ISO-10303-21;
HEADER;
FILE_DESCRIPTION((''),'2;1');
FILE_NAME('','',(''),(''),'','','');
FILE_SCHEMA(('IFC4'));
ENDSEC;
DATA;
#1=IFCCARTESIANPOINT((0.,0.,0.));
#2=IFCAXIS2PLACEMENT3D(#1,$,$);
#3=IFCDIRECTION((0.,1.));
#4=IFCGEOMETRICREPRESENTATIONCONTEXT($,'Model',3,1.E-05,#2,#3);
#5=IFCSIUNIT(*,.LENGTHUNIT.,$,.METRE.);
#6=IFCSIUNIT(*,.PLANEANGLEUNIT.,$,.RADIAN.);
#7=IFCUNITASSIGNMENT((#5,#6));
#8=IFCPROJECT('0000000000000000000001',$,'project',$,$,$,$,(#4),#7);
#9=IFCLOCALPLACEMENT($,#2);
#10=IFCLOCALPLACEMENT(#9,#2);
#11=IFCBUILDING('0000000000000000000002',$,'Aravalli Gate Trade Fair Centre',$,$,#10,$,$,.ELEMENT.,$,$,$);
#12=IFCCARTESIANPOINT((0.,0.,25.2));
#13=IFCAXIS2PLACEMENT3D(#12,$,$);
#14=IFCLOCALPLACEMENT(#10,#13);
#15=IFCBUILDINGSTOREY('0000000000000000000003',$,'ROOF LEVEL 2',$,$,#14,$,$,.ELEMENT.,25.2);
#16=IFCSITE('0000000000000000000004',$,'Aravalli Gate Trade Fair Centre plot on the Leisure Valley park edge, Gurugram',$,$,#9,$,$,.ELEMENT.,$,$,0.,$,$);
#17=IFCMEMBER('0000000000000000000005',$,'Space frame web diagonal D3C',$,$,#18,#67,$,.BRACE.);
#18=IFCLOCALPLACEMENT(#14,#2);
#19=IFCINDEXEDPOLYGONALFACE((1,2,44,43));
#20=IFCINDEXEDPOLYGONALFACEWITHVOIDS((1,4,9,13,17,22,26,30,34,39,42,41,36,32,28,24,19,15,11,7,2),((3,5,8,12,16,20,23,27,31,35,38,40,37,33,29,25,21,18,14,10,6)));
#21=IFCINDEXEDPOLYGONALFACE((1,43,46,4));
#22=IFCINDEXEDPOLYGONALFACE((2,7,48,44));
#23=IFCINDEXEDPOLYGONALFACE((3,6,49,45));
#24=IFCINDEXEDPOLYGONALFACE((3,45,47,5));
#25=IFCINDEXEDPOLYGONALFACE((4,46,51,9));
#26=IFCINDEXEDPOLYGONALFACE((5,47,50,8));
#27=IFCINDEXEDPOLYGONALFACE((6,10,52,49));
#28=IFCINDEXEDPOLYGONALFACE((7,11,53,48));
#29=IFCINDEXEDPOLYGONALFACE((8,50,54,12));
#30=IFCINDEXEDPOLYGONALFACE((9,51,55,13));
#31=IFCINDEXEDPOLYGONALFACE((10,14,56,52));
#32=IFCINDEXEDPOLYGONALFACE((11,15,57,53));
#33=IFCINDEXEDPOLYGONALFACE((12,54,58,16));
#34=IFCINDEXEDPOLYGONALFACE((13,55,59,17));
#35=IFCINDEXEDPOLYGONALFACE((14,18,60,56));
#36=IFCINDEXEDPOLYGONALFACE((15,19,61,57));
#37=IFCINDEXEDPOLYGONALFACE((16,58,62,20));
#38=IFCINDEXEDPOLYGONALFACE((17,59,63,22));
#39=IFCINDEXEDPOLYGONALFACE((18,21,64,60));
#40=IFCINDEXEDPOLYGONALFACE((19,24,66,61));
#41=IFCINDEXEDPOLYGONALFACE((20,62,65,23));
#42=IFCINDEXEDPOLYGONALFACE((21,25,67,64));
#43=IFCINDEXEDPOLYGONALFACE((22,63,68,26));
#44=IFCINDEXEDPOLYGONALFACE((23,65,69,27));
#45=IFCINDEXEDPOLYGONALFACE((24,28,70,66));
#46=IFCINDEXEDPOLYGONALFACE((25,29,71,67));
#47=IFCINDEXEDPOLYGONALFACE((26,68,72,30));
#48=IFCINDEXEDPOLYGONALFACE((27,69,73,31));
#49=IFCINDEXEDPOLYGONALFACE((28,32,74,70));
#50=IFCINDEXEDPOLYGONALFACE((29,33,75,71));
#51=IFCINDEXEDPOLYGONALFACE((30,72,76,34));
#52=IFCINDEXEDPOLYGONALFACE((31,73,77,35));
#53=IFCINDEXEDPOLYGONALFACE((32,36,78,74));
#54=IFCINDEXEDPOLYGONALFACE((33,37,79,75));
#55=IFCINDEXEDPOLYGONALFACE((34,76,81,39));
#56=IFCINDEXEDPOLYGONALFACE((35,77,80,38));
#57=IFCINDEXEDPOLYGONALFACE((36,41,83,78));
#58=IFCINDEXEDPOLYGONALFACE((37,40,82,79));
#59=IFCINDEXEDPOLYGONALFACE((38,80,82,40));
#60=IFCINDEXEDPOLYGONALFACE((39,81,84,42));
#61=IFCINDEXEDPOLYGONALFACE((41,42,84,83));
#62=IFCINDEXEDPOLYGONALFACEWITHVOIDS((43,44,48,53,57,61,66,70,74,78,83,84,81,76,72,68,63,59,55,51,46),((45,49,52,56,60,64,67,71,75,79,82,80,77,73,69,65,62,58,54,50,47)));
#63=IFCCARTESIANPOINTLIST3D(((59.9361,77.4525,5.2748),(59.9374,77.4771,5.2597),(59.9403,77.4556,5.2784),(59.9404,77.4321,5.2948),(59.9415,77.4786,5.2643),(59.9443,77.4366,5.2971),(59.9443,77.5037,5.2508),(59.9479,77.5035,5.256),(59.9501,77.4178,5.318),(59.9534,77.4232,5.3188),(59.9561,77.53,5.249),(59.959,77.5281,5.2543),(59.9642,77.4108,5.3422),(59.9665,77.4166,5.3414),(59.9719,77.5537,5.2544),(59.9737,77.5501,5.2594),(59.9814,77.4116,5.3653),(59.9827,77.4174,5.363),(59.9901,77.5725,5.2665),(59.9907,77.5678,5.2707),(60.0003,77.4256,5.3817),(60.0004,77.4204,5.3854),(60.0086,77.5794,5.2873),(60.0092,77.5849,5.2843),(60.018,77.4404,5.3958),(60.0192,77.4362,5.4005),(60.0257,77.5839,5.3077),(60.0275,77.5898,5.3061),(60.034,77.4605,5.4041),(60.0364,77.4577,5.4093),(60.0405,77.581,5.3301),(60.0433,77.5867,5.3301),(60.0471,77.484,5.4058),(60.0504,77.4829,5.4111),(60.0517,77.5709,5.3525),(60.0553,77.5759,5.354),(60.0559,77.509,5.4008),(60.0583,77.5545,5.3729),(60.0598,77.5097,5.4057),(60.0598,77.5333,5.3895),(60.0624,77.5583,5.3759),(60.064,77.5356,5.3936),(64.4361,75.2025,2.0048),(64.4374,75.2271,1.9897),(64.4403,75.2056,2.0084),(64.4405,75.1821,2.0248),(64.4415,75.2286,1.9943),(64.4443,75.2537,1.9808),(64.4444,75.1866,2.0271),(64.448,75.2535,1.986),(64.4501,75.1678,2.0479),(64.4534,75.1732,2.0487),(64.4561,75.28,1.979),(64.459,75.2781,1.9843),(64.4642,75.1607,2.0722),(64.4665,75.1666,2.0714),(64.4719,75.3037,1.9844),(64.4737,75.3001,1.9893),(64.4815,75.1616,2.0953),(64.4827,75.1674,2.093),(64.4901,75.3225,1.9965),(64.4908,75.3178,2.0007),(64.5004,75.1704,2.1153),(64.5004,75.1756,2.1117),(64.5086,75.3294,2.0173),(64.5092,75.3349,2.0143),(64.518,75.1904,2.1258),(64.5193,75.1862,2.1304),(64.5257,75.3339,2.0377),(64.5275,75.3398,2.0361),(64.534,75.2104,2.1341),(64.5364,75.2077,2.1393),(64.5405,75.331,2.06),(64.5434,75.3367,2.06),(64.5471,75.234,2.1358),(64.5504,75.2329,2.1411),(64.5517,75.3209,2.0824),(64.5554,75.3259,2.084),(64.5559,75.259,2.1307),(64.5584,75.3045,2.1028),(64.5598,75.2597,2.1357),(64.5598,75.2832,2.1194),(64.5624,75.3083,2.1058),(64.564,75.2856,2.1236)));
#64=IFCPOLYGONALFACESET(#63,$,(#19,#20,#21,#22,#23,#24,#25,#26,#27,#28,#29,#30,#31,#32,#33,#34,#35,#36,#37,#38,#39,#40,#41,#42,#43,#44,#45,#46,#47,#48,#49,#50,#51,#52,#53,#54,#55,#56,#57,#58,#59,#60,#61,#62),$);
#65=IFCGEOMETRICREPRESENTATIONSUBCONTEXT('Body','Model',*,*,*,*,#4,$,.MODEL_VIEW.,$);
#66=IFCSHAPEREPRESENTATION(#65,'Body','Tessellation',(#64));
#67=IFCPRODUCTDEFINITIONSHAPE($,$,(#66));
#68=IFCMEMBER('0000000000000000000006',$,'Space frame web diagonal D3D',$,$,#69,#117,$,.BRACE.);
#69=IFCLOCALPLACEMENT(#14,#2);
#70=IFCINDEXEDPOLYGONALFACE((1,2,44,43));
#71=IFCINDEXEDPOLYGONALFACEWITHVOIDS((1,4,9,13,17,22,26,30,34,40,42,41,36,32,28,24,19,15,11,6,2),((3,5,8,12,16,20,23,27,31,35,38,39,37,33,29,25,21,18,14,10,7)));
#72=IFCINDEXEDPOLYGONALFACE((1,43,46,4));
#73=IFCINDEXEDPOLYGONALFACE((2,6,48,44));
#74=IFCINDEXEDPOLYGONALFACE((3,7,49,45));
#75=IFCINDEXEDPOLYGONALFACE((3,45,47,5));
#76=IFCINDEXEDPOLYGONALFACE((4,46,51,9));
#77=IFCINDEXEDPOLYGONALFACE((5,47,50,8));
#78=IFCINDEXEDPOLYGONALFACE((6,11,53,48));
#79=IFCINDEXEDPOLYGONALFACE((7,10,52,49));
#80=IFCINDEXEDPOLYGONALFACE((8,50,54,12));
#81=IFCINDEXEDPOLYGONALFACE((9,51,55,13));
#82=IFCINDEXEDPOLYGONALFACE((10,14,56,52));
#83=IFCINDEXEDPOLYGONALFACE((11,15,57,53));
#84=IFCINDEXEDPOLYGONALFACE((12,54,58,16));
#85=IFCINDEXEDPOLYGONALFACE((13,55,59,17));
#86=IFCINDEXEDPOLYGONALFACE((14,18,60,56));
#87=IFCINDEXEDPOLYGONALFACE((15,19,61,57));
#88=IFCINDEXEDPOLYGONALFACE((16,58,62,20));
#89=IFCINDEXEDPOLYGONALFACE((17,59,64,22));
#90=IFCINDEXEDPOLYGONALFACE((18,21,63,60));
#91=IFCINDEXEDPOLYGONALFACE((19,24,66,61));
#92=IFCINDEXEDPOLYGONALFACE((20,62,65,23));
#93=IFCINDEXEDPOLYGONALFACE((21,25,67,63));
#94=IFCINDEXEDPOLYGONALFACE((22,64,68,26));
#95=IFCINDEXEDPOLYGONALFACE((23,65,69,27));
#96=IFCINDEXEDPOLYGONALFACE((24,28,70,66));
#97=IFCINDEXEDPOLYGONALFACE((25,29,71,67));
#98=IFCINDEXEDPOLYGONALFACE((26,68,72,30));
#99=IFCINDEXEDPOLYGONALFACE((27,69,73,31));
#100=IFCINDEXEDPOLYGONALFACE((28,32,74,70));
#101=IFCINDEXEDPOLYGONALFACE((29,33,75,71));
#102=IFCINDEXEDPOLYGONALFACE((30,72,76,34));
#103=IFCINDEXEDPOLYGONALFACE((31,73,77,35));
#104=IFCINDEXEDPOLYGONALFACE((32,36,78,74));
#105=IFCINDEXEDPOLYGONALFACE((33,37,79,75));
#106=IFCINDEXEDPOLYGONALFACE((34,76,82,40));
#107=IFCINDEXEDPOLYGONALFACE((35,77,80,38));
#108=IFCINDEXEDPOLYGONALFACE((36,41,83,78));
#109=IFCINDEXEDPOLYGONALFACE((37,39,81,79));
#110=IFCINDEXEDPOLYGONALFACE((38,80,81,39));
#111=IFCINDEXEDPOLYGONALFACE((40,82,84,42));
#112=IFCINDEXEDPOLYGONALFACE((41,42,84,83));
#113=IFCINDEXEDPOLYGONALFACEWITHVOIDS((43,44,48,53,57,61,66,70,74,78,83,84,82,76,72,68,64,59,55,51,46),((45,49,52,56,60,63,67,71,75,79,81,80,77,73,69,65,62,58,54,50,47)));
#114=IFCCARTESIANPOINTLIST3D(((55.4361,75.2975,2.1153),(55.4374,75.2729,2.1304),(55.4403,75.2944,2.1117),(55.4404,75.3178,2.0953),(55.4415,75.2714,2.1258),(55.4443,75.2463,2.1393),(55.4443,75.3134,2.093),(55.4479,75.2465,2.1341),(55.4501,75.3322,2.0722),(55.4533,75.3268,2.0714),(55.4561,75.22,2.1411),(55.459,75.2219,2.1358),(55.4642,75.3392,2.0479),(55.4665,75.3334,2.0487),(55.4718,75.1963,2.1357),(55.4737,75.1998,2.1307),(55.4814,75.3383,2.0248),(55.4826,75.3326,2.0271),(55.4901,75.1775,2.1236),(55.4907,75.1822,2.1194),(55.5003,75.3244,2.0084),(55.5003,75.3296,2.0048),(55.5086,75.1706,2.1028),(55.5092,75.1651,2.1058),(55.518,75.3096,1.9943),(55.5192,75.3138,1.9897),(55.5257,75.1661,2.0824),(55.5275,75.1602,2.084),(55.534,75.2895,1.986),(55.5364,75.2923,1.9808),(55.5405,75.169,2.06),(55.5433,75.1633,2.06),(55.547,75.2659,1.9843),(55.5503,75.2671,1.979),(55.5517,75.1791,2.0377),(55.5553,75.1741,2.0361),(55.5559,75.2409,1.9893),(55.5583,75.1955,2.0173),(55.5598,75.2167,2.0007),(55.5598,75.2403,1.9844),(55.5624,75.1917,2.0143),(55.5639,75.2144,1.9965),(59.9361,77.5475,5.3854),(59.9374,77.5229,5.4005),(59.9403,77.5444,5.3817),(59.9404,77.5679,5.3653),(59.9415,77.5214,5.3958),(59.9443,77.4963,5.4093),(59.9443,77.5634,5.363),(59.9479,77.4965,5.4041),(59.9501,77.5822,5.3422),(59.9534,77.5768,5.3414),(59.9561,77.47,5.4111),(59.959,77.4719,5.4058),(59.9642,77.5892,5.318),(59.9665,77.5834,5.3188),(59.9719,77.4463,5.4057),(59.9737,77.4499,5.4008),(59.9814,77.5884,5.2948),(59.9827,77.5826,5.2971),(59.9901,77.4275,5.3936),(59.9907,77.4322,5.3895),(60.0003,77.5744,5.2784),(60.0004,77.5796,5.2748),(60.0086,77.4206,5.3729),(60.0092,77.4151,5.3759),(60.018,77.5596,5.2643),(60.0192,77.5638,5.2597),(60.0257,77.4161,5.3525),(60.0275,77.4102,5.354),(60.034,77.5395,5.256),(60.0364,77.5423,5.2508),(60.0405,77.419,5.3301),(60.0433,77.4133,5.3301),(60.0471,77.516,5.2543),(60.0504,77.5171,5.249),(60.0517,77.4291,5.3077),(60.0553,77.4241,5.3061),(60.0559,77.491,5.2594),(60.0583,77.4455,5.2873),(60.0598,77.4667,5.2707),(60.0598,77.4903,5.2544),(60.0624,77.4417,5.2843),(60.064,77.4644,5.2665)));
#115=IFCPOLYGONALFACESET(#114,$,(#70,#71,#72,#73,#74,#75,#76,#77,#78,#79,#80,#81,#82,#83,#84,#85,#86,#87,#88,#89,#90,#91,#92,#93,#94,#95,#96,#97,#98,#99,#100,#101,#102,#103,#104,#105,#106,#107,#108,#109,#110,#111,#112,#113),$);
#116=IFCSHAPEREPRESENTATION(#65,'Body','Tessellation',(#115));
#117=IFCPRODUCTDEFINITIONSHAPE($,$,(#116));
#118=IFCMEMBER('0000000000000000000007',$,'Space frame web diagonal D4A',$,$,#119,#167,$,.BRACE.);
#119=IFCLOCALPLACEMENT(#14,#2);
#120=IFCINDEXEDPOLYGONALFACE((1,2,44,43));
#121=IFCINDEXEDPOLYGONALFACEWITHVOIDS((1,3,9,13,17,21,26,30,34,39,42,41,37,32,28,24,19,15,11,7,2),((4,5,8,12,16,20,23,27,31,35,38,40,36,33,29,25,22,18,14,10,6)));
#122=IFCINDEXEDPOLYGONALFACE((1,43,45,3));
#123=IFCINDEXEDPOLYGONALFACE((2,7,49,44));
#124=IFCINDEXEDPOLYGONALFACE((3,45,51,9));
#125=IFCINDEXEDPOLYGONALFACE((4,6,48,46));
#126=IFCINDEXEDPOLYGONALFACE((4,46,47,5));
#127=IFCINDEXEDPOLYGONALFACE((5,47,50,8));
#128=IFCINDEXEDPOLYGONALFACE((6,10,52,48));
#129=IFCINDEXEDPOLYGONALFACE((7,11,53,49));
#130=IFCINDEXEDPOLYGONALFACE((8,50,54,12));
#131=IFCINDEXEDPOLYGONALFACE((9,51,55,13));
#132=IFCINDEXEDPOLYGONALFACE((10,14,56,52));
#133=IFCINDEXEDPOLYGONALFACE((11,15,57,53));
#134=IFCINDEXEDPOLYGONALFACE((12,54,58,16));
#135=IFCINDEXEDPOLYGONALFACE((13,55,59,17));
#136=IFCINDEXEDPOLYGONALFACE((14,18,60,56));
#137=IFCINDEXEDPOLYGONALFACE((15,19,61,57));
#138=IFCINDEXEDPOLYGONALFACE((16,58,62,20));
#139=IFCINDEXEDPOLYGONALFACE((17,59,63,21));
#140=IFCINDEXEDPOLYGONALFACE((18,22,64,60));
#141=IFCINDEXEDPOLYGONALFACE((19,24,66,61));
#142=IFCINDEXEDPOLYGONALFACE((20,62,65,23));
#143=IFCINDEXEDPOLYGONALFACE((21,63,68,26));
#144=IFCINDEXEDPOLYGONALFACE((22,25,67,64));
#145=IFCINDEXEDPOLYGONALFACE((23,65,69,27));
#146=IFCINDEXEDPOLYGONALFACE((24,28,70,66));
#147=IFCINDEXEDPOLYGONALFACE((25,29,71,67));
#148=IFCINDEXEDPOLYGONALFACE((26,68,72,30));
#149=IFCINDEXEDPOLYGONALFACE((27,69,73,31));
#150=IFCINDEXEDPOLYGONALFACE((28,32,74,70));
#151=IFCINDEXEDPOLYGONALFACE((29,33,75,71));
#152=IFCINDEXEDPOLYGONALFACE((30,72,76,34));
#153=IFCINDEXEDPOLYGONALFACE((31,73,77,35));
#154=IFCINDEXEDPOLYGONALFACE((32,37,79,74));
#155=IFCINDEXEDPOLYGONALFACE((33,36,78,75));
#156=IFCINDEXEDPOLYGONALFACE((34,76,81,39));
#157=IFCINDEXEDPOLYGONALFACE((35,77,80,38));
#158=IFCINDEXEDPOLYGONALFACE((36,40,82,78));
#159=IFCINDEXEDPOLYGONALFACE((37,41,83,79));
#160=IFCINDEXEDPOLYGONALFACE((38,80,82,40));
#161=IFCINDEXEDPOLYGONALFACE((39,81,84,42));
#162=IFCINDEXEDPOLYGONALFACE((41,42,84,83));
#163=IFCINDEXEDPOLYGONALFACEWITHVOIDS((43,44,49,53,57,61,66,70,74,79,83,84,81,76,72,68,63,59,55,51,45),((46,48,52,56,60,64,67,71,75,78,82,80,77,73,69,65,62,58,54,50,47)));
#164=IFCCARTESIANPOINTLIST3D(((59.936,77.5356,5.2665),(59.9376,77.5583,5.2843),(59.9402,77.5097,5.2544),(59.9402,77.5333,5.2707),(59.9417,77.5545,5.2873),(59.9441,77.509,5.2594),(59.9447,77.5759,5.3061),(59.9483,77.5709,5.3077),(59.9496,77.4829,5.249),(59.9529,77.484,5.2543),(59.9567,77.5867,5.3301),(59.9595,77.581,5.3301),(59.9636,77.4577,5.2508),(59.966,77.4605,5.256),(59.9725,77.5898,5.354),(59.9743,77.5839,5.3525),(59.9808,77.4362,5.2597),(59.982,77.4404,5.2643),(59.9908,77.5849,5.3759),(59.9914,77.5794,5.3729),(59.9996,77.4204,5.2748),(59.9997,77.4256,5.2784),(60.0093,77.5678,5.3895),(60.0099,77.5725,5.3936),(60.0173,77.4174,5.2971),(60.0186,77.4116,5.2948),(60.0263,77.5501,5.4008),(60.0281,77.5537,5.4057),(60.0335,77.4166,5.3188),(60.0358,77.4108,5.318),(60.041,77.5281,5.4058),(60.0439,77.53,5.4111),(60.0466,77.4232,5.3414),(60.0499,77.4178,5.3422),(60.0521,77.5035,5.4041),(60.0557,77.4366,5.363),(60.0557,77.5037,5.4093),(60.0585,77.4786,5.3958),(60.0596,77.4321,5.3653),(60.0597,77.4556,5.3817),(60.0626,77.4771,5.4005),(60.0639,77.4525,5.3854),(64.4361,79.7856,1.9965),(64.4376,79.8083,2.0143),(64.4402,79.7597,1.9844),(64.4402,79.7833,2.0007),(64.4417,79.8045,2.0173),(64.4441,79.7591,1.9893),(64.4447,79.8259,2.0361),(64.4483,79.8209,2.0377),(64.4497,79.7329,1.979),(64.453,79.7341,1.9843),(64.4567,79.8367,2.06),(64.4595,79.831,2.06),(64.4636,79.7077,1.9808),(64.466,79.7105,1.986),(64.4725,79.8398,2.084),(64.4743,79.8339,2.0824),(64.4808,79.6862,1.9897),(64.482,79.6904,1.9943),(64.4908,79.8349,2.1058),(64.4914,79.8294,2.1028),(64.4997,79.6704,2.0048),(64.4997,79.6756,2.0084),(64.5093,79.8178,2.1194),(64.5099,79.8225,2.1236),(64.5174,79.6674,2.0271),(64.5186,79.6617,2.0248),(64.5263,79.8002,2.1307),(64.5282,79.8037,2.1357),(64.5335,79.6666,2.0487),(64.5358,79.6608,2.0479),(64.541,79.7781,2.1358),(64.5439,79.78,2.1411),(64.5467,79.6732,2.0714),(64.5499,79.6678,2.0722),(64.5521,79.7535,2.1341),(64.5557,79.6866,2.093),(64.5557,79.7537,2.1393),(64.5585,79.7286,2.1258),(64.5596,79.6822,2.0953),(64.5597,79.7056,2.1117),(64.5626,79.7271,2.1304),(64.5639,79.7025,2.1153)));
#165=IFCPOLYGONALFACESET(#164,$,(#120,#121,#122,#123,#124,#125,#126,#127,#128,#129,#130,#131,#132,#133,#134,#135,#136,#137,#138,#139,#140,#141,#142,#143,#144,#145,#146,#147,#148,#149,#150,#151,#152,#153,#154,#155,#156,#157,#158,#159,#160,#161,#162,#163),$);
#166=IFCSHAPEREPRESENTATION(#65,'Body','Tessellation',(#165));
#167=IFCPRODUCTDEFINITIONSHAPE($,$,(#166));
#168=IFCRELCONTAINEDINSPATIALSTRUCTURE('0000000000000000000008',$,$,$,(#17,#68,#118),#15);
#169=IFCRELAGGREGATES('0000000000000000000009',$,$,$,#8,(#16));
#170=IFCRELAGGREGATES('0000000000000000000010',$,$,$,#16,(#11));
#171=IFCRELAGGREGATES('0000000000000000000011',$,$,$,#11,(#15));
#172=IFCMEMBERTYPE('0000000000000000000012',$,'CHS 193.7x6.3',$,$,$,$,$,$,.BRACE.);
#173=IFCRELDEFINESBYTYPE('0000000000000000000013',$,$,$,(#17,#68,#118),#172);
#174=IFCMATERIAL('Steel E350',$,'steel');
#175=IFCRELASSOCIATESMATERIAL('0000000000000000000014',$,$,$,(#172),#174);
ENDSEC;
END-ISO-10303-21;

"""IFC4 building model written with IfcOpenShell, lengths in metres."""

from ifc_helpers import new_model, si_unit, direction, frame, origin, origin_2d, place, context, subcontext, project, spatial, hollow_circle, extrude, material, material_profile, profile_set, type_object, element, save


model = new_model("IFC4")

# Units and contexts
model_context = context("Model", 3, precision=1e-05, world=origin(), true_north=direction((0.0, 1.0)))
body_context = subcontext(model_context, "Body", "Model", "MODEL_VIEW")
ifc_project = project(units=[si_unit("LENGTHUNIT", "METRE"), si_unit("PLANEANGLEUNIT", "RADIAN")], contexts=[model_context])

# Site, building, storey
site_placement = place(None, origin())
site = spatial("IfcSite", under=ifc_project, at=site_placement, Name="Aravalli Gate Trade Fair Centre plot on the Leisure Valley park edge, Gurugram", CompositionType="ELEMENT", RefElevation=0.0)
building_placement = place(site_placement, origin())
building = spatial("IfcBuilding", under=site, at=building_placement, Name="Aravalli Gate Trade Fair Centre", CompositionType="ELEMENT")
storey_placement = place(building_placement, frame((0.0, 0.0, 25.2)))
storey = spatial("IfcBuildingStorey", under=building, at=storey_placement, Name="ROOF LEVEL 2", CompositionType="ELEMENT", Elevation=25.2)

# Members
ifc_material = material(Name="Steel E350", Category="steel")
ifc_material_profile_1 = material_profile(ifc_material, hollow_circle(Radius=0.0969, WallThickness=0.0063, at=origin_2d()), Name="CHS 193.7x6.3")
ifc_profile_set_1 = profile_set([ifc_material_profile_1], Name="Steel E350")
member_type_1 = type_object("IfcMemberType", Name="CHS 193.7x6.3", PredefinedType="BRACE", material=ifc_profile_set_1)
for number, where, z_axis, x_axis, name in (
    (1, (60.0, 77.5, 5.3301), (0.749942, -0.374971, -0.544961), (0.447214, 0.894427, 0.0), "Space frame web diagonal D3C"),
    (2, (60.0, 77.5, 5.3301), (-0.749942, -0.374971, -0.544961), (0.447214, -0.894427, 0.0), "Space frame web diagonal D3D"),
    (3, (60.0, 77.5, 5.3301), (0.749942, 0.374971, -0.544961), (-0.447214, 0.894427, 0.0), "Space frame web diagonal D4A"),
):
    element("IfcMember", number, at=place(storey_placement, frame(where, z_axis=z_axis, x_axis=x_axis)), inside=storey, type_object=member_type_1, Name=name, PredefinedType="BRACE", context=body_context, shape_type="SweptSolid", body=[
        extrude(hollow_circle(Radius=0.0969, WallThickness=0.0063, at=origin_2d()), origin(), (0.0, 0.0, 1.0), 6.0005),
    ])

save(model, "model.ifc")
